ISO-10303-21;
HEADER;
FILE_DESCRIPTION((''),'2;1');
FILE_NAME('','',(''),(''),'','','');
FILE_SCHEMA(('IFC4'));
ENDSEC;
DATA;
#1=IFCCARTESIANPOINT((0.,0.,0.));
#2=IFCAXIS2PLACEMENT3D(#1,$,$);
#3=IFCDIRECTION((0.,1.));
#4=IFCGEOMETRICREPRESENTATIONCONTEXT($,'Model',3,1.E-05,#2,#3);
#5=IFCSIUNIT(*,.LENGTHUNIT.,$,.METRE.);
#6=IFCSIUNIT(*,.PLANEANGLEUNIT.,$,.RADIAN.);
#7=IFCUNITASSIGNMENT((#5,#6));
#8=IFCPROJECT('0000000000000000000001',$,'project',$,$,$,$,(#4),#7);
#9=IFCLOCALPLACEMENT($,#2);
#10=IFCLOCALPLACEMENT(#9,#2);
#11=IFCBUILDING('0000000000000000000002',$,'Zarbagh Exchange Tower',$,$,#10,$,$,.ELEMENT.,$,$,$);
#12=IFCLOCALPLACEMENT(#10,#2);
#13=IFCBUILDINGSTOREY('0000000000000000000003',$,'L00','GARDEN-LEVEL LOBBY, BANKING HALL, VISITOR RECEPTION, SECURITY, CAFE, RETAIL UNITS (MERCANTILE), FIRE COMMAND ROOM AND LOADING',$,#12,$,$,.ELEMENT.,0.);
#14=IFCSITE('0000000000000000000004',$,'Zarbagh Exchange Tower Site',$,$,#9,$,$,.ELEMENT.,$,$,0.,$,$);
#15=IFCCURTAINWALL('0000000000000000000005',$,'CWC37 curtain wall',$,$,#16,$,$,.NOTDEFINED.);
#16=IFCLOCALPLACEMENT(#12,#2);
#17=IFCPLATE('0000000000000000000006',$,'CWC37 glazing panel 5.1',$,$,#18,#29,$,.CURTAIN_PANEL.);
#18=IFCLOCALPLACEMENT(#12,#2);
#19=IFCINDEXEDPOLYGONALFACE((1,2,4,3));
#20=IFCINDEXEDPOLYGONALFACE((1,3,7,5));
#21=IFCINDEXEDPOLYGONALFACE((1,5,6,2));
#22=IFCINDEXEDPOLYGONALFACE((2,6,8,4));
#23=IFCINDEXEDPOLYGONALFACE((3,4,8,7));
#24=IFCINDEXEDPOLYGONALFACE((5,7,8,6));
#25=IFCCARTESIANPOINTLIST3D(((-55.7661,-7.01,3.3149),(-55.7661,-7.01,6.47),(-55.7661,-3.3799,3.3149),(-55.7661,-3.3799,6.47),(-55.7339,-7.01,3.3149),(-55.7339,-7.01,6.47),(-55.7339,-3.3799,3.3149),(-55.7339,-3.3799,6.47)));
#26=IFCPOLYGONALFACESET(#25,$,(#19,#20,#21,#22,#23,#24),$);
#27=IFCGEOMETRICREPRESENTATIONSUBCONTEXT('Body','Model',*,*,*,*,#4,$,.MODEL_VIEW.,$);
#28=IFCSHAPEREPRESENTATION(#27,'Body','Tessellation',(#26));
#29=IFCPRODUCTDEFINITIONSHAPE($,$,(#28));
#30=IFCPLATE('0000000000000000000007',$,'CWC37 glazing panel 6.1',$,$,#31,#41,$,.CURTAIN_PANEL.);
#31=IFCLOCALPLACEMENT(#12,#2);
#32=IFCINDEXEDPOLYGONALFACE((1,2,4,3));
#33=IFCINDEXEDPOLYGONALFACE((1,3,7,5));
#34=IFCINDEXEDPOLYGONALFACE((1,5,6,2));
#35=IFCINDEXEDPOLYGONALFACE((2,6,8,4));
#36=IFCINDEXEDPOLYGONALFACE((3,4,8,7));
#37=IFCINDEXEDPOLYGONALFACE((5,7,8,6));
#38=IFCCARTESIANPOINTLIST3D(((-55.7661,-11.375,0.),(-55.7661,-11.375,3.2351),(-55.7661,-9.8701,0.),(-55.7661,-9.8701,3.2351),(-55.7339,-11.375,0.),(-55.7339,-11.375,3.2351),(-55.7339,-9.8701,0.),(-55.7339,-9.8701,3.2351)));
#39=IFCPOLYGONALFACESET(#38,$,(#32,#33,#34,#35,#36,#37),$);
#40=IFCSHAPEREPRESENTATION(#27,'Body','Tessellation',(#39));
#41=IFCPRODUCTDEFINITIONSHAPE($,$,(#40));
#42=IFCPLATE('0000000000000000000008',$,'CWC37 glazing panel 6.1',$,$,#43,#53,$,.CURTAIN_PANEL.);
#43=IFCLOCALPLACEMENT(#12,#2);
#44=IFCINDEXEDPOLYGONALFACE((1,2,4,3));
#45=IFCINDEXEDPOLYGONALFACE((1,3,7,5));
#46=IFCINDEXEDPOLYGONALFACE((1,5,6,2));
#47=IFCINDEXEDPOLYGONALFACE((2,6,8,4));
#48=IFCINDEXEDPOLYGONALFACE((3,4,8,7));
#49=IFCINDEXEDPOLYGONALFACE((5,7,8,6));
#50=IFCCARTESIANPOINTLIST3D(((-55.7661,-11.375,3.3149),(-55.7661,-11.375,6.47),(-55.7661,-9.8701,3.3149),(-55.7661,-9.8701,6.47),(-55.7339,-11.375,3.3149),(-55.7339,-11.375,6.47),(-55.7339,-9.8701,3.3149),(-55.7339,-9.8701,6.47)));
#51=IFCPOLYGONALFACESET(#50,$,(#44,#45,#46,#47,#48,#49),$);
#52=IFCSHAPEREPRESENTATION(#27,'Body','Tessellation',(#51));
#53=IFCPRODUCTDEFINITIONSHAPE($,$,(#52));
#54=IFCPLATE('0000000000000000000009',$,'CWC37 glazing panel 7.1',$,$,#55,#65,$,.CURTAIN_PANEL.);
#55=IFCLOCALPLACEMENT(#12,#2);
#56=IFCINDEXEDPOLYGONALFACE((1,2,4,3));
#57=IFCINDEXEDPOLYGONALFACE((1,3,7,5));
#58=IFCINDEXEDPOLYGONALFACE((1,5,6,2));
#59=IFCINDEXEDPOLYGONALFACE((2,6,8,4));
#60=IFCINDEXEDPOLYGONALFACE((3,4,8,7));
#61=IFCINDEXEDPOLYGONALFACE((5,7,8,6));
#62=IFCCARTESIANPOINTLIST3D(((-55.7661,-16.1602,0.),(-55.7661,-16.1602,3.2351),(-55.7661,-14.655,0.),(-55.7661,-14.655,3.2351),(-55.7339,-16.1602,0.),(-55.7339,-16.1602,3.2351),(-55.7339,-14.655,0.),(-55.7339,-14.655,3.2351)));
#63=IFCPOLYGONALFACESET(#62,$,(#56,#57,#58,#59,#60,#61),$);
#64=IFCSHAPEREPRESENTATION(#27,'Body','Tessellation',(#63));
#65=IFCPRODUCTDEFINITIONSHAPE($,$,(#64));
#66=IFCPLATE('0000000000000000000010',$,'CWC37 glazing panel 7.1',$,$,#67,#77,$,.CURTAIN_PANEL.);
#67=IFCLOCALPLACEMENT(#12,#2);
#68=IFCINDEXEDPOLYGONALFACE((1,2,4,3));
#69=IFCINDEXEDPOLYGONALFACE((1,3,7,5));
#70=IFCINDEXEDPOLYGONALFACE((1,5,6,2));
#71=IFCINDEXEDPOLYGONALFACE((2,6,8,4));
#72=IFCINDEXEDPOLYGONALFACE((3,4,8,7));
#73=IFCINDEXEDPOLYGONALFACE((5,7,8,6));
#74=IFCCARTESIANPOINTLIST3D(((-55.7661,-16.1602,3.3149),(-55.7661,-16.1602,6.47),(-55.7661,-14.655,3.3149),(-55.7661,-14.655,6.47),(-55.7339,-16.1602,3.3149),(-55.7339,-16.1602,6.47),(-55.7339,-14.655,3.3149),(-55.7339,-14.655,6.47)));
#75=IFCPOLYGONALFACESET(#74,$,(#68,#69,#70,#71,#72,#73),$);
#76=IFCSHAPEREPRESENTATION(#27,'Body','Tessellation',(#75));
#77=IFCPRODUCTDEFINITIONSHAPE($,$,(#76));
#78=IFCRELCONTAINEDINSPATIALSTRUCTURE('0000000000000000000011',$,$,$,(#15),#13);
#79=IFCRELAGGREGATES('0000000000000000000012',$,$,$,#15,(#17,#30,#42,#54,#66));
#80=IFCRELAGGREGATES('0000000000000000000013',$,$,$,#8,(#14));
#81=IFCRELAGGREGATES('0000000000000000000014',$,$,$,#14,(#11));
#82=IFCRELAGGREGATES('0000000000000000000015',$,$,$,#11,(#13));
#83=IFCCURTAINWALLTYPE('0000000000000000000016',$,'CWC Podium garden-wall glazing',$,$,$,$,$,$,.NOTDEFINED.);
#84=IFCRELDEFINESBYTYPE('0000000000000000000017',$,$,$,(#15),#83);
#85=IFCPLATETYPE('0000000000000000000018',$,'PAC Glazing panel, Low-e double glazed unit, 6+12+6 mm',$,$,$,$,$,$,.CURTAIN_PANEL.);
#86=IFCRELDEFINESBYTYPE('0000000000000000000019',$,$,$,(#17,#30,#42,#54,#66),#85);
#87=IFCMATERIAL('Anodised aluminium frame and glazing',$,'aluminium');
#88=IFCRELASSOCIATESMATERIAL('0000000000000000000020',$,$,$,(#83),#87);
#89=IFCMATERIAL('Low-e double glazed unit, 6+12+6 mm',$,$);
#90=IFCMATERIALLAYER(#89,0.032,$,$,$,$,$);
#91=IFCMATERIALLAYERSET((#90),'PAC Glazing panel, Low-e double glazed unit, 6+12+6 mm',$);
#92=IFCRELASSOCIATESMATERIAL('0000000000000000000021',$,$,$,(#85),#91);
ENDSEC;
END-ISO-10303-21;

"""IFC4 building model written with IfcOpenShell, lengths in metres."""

from ifc_helpers import new_model, si_unit, direction, origin, place, context, subcontext, project, spatial, polyline, outline, extrude, source, transform, mapped, material, layer, layer_set, type_object, element, aggregate, save


model = new_model("IFC4")

# Units and contexts
model_context = context("Model", 3, precision=1e-05, world=origin(), true_north=direction((0.0, 1.0)))
body_context = subcontext(model_context, "Body", "Model", "MODEL_VIEW")
ifc_project = project(units=[si_unit("LENGTHUNIT", "METRE"), si_unit("PLANEANGLEUNIT", "RADIAN")], contexts=[model_context])

# Site, building, storey
site_placement = place(None, origin())
site = spatial("IfcSite", under=ifc_project, at=site_placement, Name="Zarbagh Exchange Tower Site", CompositionType="ELEMENT", RefElevation=0.0)
building_placement = place(site_placement, origin())
building = spatial("IfcBuilding", under=site, at=building_placement, Name="Zarbagh Exchange Tower", CompositionType="ELEMENT")
storey_placement = place(building_placement, origin())
storey = spatial("IfcBuildingStorey", under=building, at=storey_placement, Name="L00", Description="GARDEN-LEVEL LOBBY, BANKING HALL, VISITOR RECEPTION, SECURITY, CAFE, RETAIL UNITS (MERCANTILE), FIRE COMMAND ROOM AND LOADING", CompositionType="ELEMENT", Elevation=0.0)

# Curtain wall, plates
ifc_material_1 = material(Name="Anodised aluminium frame and glazing", Category="aluminium")
curtain_wall_type = type_object("IfcCurtainWallType", Name="CWC Podium garden-wall glazing", PredefinedType="NOTDEFINED", material=ifc_material_1)
curtain_wall_placement = place(storey_placement, origin())
curtain_wall = element("IfcCurtainWall", 1, at=curtain_wall_placement, inside=storey, type_object=curtain_wall_type, Name="CWC37 curtain wall", PredefinedType="NOTDEFINED")
placement = place(storey_placement, origin())
ifc_material_2 = material(Name="Low-e double glazed unit, 6+12+6 mm")
ifc_layer = layer(ifc_material_2, 0.032)
ifc_layer_set = layer_set([ifc_layer], Name="PAC Glazing panel, Low-e double glazed unit, 6+12+6 mm")
plate_type = type_object("IfcPlateType", Name="PAC Glazing panel, Low-e double glazed unit, 6+12+6 mm", PredefinedType="CURTAIN_PANEL", material=ifc_layer_set)
shared_shape_1 = source(origin(), body_context, "Body", "SweptSolid", [
    extrude(outline(polyline([(0.0, -0.0161), (3.6301, -0.0161), (3.6301, 0.0161), (0.0, 0.0161), (0.0, -0.0161)])), origin(), (0.0, 0.0, 1.0), 3.155),
])
plate_1 = element("IfcPlate", 2, at=placement, type_object=plate_type, Name="CWC37 glazing panel 5.1", PredefinedType="CURTAIN_PANEL", context=body_context, shape_type="MappedRepresentation", body=[
    mapped(shared_shape_1, transform((-55.75, -3.3799, 3.3149), x_axis=(0.0, -1.0, 0.0), y_axis=(1.0, 0.0, 0.0), z_axis=(0.0, 0.0, 1.0))),
])
shared_shape_2 = source(origin(), body_context, "Body", "SweptSolid", [
    extrude(outline(polyline([(0.0, -0.0161), (1.5049, -0.0161), (1.5049, 0.0161), (0.0, 0.0161), (0.0, -0.0161)])), origin(), (0.0, 0.0, 1.0), 3.2351),
])
plate_2 = element("IfcPlate", 3, at=placement, type_object=plate_type, Name="CWC37 glazing panel 6.1", PredefinedType="CURTAIN_PANEL", context=body_context, shape_type="MappedRepresentation", body=[
    mapped(shared_shape_2, transform((-55.75, -9.8701, 0.0), x_axis=(0.0, -1.0, 0.0), y_axis=(1.0, 0.0, 0.0), z_axis=(0.0, 0.0, 1.0))),
])
shared_shape_3 = source(origin(), body_context, "Body", "SweptSolid", [
    extrude(outline(polyline([(0.0, -0.0161), (1.5049, -0.0161), (1.5049, 0.0161), (0.0, 0.0161), (0.0, -0.0161)])), origin(), (0.0, 0.0, 1.0), 3.155),
])
plate_3 = element("IfcPlate", 4, at=placement, type_object=plate_type, Name="CWC37 glazing panel 6.1", PredefinedType="CURTAIN_PANEL", context=body_context, shape_type="MappedRepresentation", body=[
    mapped(shared_shape_3, transform((-55.75, -9.8701, 3.3149), x_axis=(0.0, -1.0, 0.0), y_axis=(1.0, 0.0, 0.0), z_axis=(0.0, 0.0, 1.0))),
])
shared_shape_4 = source(origin(), body_context, "Body", "SweptSolid", [
    extrude(outline(polyline([(0.0, -0.0161), (1.5051, -0.0161), (1.5051, 0.0161), (0.0, 0.0161), (0.0, -0.0161)])), origin(), (0.0, 0.0, 1.0), 3.2351),
])
plate_4 = element("IfcPlate", 5, at=placement, type_object=plate_type, Name="CWC37 glazing panel 7.1", PredefinedType="CURTAIN_PANEL", context=body_context, shape_type="MappedRepresentation", body=[
    mapped(shared_shape_4, transform((-55.75, -14.655, 0.0), x_axis=(0.0, -1.0, 0.0), y_axis=(1.0, 0.0, 0.0), z_axis=(0.0, 0.0, 1.0))),
])
shared_shape_5 = source(origin(), body_context, "Body", "SweptSolid", [
    extrude(outline(polyline([(0.0, -0.0161), (1.5051, -0.0161), (1.5051, 0.0161), (0.0, 0.0161), (0.0, -0.0161)])), origin(), (0.0, 0.0, 1.0), 3.155),
])
plate_5 = element("IfcPlate", 6, at=placement, type_object=plate_type, Name="CWC37 glazing panel 7.1", PredefinedType="CURTAIN_PANEL", context=body_context, shape_type="MappedRepresentation", body=[
    mapped(shared_shape_5, transform((-55.75, -14.655, 3.3149), x_axis=(0.0, -1.0, 0.0), y_axis=(1.0, 0.0, 0.0), z_axis=(0.0, 0.0, 1.0))),
])
aggregate(curtain_wall, [plate_1, plate_2, plate_3, plate_4, plate_5])

save(model, "model.ifc")
